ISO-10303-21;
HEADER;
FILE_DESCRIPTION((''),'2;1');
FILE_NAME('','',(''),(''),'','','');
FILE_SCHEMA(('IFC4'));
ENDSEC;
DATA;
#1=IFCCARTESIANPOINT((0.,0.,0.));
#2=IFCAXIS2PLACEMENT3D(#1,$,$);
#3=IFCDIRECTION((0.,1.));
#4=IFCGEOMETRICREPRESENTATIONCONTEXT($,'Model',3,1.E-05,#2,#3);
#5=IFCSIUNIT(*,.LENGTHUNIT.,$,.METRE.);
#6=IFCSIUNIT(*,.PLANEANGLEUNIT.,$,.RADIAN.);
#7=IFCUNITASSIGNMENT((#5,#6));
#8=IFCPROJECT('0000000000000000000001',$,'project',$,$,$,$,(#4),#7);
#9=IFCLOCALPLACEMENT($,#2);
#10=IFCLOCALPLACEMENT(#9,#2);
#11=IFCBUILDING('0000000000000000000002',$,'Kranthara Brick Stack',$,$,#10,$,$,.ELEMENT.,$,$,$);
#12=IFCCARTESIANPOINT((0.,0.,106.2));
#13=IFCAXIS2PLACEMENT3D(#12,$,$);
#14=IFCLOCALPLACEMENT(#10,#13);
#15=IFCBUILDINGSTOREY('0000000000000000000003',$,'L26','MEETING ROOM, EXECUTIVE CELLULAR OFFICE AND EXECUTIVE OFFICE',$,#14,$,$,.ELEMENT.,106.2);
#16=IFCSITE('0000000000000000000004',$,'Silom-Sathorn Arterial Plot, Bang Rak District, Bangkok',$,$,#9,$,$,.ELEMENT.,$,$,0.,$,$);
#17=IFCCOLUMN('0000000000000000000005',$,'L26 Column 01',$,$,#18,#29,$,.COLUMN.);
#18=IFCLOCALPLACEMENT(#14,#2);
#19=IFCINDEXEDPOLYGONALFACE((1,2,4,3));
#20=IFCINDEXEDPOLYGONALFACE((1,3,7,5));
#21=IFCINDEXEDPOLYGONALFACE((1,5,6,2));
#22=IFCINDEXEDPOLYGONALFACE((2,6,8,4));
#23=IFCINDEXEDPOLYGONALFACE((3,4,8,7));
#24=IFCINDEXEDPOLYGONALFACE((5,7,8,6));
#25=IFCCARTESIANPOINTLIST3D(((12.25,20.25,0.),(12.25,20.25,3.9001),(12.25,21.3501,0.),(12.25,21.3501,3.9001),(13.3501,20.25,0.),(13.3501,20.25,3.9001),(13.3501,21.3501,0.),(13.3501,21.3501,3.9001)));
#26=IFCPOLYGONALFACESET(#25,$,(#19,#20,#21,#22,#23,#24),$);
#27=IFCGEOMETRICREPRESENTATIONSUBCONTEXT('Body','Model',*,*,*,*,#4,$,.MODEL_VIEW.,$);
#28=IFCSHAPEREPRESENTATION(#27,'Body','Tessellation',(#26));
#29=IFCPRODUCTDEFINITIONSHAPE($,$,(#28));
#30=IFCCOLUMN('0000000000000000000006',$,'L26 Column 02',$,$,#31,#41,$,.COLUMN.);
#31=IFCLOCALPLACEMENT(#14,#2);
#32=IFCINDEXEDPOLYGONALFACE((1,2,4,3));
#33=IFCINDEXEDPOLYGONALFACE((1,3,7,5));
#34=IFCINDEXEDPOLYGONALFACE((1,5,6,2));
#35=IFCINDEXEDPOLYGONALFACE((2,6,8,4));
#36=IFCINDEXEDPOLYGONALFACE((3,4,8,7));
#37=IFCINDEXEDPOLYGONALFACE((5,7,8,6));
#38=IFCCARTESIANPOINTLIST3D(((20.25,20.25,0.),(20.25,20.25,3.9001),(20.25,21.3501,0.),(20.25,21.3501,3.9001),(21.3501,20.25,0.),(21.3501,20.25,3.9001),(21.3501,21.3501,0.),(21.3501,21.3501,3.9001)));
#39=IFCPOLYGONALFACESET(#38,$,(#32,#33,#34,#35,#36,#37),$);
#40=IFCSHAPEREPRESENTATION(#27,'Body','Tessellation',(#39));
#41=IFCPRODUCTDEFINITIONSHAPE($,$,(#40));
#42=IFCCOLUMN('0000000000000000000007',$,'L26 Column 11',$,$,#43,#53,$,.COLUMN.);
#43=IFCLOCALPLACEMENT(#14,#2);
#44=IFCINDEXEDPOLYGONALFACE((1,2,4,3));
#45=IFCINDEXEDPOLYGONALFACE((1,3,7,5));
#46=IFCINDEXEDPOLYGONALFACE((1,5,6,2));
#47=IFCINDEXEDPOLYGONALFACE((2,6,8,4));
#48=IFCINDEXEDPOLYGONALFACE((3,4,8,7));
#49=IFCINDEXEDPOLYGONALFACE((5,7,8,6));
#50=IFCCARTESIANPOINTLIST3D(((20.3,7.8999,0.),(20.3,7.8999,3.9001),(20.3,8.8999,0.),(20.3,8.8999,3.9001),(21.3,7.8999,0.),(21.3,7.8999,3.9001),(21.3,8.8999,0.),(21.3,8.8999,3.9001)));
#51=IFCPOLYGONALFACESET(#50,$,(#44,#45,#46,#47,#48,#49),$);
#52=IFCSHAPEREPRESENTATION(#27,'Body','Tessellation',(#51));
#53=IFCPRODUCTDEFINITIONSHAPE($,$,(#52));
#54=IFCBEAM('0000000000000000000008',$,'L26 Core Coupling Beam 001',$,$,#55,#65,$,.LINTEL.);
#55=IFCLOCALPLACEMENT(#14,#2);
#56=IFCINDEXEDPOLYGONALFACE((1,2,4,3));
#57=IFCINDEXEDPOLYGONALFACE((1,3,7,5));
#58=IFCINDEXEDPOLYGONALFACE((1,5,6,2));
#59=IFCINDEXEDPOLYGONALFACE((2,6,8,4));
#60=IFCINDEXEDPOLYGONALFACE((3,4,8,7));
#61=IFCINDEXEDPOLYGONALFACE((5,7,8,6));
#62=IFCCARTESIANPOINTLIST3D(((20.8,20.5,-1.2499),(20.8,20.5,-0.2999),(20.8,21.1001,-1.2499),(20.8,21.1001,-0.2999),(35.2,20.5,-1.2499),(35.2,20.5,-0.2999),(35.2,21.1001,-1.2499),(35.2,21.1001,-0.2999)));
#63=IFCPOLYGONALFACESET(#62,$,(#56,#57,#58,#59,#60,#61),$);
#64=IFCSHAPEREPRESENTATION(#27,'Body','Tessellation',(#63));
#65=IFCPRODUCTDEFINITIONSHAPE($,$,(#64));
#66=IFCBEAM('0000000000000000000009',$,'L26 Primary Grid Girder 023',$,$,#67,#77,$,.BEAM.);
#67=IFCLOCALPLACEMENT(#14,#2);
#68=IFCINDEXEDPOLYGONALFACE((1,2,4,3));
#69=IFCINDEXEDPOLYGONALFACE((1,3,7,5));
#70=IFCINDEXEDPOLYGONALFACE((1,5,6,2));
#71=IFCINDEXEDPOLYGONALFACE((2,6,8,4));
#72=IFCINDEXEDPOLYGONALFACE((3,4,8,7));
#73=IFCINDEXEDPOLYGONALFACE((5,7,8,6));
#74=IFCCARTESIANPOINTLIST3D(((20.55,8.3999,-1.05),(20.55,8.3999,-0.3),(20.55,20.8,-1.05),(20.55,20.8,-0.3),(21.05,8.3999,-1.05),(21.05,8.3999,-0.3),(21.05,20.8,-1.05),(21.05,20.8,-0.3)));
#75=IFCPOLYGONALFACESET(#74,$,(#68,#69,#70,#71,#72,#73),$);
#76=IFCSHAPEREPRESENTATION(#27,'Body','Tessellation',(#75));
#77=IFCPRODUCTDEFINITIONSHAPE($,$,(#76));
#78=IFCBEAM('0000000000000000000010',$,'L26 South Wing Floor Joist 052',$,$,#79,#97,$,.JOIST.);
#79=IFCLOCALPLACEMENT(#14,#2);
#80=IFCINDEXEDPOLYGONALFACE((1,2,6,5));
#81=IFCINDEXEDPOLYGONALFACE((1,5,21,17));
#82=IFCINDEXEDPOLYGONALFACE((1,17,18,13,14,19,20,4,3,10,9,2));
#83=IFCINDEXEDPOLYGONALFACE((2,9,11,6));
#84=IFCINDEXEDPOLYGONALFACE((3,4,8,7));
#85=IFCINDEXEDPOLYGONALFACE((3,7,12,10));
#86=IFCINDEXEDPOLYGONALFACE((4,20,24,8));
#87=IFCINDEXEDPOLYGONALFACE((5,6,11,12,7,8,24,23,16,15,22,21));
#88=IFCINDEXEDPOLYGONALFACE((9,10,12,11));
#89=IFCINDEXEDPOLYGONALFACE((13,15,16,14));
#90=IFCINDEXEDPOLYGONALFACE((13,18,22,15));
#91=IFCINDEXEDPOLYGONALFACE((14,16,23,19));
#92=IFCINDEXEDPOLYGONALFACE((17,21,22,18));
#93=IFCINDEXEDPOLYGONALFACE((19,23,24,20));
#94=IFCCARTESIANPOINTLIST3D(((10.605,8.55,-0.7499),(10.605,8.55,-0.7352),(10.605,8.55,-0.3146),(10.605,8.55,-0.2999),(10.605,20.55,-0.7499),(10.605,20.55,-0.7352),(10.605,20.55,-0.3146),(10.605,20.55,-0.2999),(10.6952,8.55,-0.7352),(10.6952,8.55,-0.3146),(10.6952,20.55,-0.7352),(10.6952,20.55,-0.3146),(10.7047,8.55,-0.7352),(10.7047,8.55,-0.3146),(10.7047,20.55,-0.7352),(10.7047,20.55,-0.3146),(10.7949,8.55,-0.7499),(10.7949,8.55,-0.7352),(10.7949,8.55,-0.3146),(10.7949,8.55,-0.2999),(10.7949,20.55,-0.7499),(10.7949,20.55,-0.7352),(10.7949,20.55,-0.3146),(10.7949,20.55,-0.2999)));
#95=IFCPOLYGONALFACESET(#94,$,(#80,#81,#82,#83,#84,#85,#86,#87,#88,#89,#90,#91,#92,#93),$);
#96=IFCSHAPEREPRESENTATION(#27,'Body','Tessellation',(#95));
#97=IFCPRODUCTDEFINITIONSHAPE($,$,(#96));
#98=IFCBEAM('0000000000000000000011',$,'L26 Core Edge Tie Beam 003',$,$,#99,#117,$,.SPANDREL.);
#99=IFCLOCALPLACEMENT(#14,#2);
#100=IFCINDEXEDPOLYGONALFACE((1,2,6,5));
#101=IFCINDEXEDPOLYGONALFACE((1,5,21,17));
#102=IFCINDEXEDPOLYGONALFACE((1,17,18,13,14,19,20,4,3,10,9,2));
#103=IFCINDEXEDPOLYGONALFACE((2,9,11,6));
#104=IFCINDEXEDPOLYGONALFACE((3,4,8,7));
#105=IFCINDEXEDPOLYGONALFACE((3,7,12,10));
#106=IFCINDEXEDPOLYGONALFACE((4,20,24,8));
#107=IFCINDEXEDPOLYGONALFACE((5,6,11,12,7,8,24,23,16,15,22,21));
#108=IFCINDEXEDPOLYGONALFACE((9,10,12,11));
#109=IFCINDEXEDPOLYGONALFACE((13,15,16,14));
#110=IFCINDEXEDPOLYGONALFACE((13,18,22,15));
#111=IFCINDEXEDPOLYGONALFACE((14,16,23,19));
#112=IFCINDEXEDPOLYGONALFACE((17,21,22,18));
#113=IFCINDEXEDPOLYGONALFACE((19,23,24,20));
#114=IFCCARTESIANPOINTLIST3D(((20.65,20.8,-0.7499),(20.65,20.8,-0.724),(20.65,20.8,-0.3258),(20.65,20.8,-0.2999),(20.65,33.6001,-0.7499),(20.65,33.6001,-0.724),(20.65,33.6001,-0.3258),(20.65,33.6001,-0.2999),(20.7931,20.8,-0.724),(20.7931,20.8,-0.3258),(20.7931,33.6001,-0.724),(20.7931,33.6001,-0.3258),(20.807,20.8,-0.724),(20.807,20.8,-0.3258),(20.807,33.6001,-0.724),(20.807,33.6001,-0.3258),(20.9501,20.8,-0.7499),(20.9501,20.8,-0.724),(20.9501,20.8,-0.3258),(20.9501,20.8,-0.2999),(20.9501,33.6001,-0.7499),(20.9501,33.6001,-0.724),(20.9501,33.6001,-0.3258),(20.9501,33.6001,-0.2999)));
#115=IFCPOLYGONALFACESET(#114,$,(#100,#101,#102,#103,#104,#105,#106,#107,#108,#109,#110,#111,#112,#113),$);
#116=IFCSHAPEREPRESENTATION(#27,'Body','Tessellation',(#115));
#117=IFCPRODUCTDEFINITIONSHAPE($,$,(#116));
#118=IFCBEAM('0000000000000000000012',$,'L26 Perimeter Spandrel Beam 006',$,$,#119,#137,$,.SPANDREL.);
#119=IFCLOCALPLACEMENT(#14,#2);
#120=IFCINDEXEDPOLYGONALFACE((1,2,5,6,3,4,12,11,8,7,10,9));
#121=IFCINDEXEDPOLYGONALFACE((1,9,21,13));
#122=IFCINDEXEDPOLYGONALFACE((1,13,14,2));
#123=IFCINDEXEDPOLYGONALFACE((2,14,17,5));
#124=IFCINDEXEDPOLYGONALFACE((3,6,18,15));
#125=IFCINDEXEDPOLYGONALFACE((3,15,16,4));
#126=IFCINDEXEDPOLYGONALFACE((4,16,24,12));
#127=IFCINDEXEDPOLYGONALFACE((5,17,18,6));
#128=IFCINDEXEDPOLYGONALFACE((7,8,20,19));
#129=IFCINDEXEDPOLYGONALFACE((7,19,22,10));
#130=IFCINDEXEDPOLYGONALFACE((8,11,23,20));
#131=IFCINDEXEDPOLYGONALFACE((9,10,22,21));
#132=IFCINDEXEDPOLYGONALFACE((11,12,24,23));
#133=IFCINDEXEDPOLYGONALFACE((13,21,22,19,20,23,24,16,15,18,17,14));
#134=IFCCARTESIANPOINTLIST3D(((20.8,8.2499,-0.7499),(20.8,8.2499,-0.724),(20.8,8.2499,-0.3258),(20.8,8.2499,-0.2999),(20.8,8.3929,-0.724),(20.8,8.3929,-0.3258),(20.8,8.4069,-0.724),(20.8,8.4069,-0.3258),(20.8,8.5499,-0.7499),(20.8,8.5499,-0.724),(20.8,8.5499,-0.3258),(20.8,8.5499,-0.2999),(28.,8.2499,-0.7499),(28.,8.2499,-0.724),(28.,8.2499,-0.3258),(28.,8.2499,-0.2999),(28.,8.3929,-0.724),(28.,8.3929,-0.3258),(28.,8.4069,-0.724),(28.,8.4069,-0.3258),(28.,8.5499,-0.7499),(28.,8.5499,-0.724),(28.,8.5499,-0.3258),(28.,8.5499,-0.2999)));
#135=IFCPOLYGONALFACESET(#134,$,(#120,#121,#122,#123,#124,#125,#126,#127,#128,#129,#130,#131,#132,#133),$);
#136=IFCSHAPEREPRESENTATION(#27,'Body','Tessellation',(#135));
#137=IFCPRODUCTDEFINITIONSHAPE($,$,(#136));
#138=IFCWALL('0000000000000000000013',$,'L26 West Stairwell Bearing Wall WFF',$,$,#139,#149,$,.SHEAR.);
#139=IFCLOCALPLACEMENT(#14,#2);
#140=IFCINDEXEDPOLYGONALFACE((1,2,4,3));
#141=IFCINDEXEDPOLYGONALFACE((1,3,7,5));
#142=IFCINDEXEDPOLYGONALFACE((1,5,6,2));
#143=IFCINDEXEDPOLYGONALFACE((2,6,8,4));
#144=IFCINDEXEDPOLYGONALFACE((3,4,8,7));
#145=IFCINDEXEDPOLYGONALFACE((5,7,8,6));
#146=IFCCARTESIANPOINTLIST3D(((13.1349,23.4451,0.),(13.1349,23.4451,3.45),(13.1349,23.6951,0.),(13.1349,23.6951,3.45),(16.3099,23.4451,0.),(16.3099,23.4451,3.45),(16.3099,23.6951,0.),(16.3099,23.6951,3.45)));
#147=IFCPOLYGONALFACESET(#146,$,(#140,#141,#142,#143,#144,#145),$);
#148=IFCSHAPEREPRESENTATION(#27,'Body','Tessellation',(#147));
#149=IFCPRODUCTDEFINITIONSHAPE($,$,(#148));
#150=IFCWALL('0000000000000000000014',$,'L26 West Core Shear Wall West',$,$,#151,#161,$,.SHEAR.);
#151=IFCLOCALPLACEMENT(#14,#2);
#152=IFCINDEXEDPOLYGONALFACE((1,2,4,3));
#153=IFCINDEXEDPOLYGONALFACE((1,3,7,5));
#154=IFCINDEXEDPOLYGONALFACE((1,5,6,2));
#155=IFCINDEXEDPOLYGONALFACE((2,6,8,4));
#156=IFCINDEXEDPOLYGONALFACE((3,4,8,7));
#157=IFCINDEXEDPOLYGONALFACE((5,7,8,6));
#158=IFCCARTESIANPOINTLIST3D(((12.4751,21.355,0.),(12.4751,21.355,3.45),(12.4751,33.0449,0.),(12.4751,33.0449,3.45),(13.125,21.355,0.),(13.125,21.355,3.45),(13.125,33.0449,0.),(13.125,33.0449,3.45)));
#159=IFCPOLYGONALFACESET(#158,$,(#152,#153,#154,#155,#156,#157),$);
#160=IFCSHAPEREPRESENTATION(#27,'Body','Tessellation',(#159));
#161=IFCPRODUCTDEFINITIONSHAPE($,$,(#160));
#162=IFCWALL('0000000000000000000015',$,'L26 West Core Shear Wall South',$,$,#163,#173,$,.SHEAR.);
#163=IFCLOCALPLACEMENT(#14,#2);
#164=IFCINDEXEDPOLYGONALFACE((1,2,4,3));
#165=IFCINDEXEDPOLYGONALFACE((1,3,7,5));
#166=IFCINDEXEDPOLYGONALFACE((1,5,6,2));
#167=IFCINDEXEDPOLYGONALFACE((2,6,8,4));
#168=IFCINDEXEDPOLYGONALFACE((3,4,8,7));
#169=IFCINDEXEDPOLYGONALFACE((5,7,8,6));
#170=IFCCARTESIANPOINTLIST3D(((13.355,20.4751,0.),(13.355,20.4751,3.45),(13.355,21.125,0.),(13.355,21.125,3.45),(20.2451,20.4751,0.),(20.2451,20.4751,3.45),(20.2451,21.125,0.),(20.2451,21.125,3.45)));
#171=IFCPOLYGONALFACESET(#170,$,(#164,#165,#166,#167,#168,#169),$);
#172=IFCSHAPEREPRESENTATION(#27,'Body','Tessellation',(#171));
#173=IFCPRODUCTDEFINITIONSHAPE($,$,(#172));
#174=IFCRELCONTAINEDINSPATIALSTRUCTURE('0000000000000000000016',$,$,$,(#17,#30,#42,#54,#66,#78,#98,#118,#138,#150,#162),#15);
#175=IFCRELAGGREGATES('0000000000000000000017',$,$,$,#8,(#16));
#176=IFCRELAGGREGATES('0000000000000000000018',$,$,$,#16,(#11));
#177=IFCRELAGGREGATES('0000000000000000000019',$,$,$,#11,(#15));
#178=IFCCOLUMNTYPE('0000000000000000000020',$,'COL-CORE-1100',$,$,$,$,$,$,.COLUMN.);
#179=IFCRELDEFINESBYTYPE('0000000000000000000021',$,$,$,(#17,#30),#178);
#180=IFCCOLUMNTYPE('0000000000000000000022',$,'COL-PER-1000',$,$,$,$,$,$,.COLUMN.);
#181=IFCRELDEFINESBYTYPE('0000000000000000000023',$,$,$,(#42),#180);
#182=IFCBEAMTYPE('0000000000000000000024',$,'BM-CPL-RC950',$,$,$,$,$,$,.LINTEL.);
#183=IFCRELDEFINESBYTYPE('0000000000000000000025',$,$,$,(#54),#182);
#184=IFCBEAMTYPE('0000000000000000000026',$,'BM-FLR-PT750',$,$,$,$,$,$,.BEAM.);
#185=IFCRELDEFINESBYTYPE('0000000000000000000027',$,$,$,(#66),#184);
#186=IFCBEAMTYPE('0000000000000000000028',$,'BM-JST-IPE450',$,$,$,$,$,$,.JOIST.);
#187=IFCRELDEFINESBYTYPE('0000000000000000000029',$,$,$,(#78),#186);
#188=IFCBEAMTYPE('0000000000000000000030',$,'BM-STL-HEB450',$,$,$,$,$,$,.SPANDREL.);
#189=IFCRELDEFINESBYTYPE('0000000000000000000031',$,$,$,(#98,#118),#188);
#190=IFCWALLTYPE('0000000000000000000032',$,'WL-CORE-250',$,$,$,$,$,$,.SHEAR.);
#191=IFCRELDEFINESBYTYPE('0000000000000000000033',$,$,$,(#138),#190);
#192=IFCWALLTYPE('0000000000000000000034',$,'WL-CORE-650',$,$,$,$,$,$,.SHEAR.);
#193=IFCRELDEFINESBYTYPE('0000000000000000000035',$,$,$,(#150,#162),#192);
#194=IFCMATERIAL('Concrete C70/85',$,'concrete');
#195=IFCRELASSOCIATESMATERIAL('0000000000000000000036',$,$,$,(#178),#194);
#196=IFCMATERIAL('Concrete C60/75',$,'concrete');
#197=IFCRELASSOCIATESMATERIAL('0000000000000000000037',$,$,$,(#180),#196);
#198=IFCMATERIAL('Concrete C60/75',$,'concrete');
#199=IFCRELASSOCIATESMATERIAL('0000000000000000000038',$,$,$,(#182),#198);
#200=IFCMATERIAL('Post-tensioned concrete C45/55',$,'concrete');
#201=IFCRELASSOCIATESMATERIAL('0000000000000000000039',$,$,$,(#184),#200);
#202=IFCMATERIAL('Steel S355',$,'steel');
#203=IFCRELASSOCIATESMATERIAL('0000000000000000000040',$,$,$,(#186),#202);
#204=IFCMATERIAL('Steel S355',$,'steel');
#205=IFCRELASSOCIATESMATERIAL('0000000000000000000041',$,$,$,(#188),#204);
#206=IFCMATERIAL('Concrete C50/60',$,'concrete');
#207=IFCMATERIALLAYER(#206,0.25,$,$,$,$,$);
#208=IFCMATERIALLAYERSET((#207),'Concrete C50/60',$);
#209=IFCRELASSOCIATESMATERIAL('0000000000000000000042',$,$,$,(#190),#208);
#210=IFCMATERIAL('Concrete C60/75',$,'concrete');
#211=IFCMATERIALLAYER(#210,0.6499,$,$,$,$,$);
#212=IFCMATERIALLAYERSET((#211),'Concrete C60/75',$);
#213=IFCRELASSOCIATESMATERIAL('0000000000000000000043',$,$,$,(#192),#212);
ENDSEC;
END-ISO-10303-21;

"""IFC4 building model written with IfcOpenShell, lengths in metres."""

from ifc_helpers import new_model, si_unit, direction, frame, frame_2d, origin, origin_2d, place, context, subcontext, project, spatial, rectangle, i_section, extrude, material, layer, layer_set, material_profile, profile_set, type_object, element, save


model = new_model("IFC4")

# Units and contexts
model_context = context("Model", 3, precision=1e-05, world=origin(), true_north=direction((0.0, 1.0)))
body_context = subcontext(model_context, "Body", "Model", "MODEL_VIEW")
ifc_project = project(units=[si_unit("LENGTHUNIT", "METRE"), si_unit("PLANEANGLEUNIT", "RADIAN")], contexts=[model_context])

# Site, building, storey
site_placement = place(None, origin())
site = spatial("IfcSite", under=ifc_project, at=site_placement, Name="Silom-Sathorn Arterial Plot, Bang Rak District, Bangkok", CompositionType="ELEMENT", RefElevation=0.0)
building_placement = place(site_placement, origin())
building = spatial("IfcBuilding", under=site, at=building_placement, Name="Kranthara Brick Stack", CompositionType="ELEMENT")
storey_placement = place(building_placement, frame((0.0, 0.0, 106.2)))
storey = spatial("IfcBuildingStorey", under=building, at=storey_placement, Name="L26", Description="MEETING ROOM, EXECUTIVE CELLULAR OFFICE AND EXECUTIVE OFFICE", CompositionType="ELEMENT", Elevation=106.2)

# Columns
ifc_material_1 = material(Name="Concrete C70/85", Category="concrete")
ifc_material_profile_1 = material_profile(ifc_material_1, rectangle(XDim=1.1001, YDim=1.1001, at=origin_2d()), Name="RC 1100x1100")
ifc_profile_set_1 = profile_set([ifc_material_profile_1], Name="Concrete C70/85")
column_type_1 = type_object("IfcColumnType", Name="COL-CORE-1100", PredefinedType="COLUMN", material=ifc_profile_set_1)
for number, where, z_axis, x_axis, name in (
    (1, (12.8, 20.8, 0.0), (0.0, 0.0, 1.0), (1.0, 0.0, 0.0), "L26 Column 01"),
    (2, (20.8, 20.8, 0.0), (0.0, 0.0, 1.0), (1.0, 0.0, 0.0), "L26 Column 02"),
):
    element("IfcColumn", number, at=place(storey_placement, frame(where, z_axis=z_axis, x_axis=x_axis)), inside=storey, type_object=column_type_1, Name=name, PredefinedType="COLUMN", context=body_context, shape_type="SweptSolid", body=[
        extrude(rectangle(XDim=1.1001, YDim=1.1001, at=origin_2d()), origin(), (0.0, 0.0, 1.0), 3.9001),
    ])
ifc_material_2 = material(Name="Concrete C60/75", Category="concrete")
ifc_material_profile_2 = material_profile(ifc_material_2, rectangle(XDim=1.0, YDim=1.0, at=origin_2d()), Name="RC 1000x1000")
ifc_profile_set_2 = profile_set([ifc_material_profile_2], Name="Concrete C60/75")
column_type_2 = type_object("IfcColumnType", Name="COL-PER-1000", PredefinedType="COLUMN", material=ifc_profile_set_2)
column_placement = place(storey_placement, frame((20.8, 8.3999, 0.0), z_axis=(0.0, 0.0, 1.0), x_axis=(1.0, 0.0, 0.0)))
element("IfcColumn", 3, at=column_placement, inside=storey, type_object=column_type_2, Name="L26 Column 11", PredefinedType="COLUMN", context=body_context, shape_type="SweptSolid", body=[
    extrude(rectangle(XDim=1.0, YDim=1.0, at=origin_2d()), origin(), (0.0, 0.0, 1.0), 3.9001),
])

# Beams
ifc_material_3 = material(Name="Concrete C60/75", Category="concrete")
ifc_material_profile_3 = material_profile(ifc_material_3, rectangle(XDim=0.6001, YDim=0.95, at=origin_2d()), Name="RC 600x950")
ifc_profile_set_3 = profile_set([ifc_material_profile_3], Name="Concrete C60/75")
beam_type_1 = type_object("IfcBeamType", Name="BM-CPL-RC950", PredefinedType="LINTEL", material=ifc_profile_set_3)
beam_1_placement = place(storey_placement, frame((20.8, 20.8, -0.7749), z_axis=(1.0, 0.0, 0.0), x_axis=(0.0, 1.0, 0.0)))
element("IfcBeam", 4, at=beam_1_placement, inside=storey, type_object=beam_type_1, Name="L26 Core Coupling Beam 001", PredefinedType="LINTEL", context=body_context, shape_type="SweptSolid", body=[
    extrude(rectangle(XDim=0.6001, YDim=0.95, at=origin_2d()), origin(), (0.0, 0.0, 1.0), 14.3999),
])
ifc_material_4 = material(Name="Post-tensioned concrete C45/55", Category="concrete")
ifc_material_profile_4 = material_profile(ifc_material_4, rectangle(XDim=0.5, YDim=0.75, at=origin_2d()), Name="PT 500x750")
ifc_profile_set_4 = profile_set([ifc_material_profile_4], Name="Post-tensioned concrete C45/55")
beam_type_2 = type_object("IfcBeamType", Name="BM-FLR-PT750", PredefinedType="BEAM", material=ifc_profile_set_4)
beam_2_placement = place(storey_placement, frame((20.8, 8.3999, -0.675), z_axis=(0.0, 1.0, 0.0), x_axis=(-1.0, 0.0, 0.0)))
element("IfcBeam", 5, at=beam_2_placement, inside=storey, type_object=beam_type_2, Name="L26 Primary Grid Girder 023", PredefinedType="BEAM", context=body_context, shape_type="SweptSolid", body=[
    extrude(rectangle(XDim=0.5, YDim=0.75, at=origin_2d()), origin(), (0.0, 0.0, 1.0), 12.4001),
])
ifc_material_5 = material(Name="Steel S355", Category="steel")
ifc_material_profile_5 = material_profile(ifc_material_5, i_section(OverallWidth=0.1899, OverallDepth=0.45, WebThickness=0.0095, FlangeThickness=0.0146, at=origin_2d()), Name="IPE 450")
ifc_profile_set_5 = profile_set([ifc_material_profile_5], Name="Steel S355")
beam_type_3 = type_object("IfcBeamType", Name="BM-JST-IPE450", PredefinedType="JOIST", material=ifc_profile_set_5)
beam_3_placement = place(storey_placement, frame((10.7, 8.55, -0.5249), z_axis=(0.0, 1.0, 0.0), x_axis=(-1.0, 0.0, 0.0)))
element("IfcBeam", 6, at=beam_3_placement, inside=storey, type_object=beam_type_3, Name="L26 South Wing Floor Joist 052", PredefinedType="JOIST", context=body_context, shape_type="SweptSolid", body=[
    extrude(i_section(OverallWidth=0.1899, OverallDepth=0.45, WebThickness=0.0095, FlangeThickness=0.0146, at=origin_2d()), origin(), (0.0, 0.0, 1.0), 12.0),
])
ifc_material_6 = material(Name="Steel S355", Category="steel")
ifc_material_profile_6 = material_profile(ifc_material_6, i_section(OverallWidth=0.3, OverallDepth=0.45, WebThickness=0.0139, FlangeThickness=0.0259, at=origin_2d()), Name="HEB 450")
ifc_profile_set_6 = profile_set([ifc_material_profile_6], Name="Steel S355")
beam_type_4 = type_object("IfcBeamType", Name="BM-STL-HEB450", PredefinedType="SPANDREL", material=ifc_profile_set_6)
beam_4_placement = place(storey_placement, frame((20.8, 20.8, -0.5249), z_axis=(0.0, 1.0, 0.0), x_axis=(-1.0, 0.0, 0.0)))
element("IfcBeam", 7, at=beam_4_placement, inside=storey, type_object=beam_type_4, Name="L26 Core Edge Tie Beam 003", PredefinedType="SPANDREL", context=body_context, shape_type="SweptSolid", body=[
    extrude(i_section(OverallWidth=0.3, OverallDepth=0.45, WebThickness=0.0139, FlangeThickness=0.0259, at=origin_2d()), origin(), (0.0, 0.0, 1.0), 12.8),
])
beam_5_placement = place(storey_placement, frame((20.8, 8.3999, -0.5249), z_axis=(1.0, 0.0, 0.0), x_axis=(0.0, 1.0, 0.0)))
element("IfcBeam", 8, at=beam_5_placement, inside=storey, type_object=beam_type_4, Name="L26 Perimeter Spandrel Beam 006", PredefinedType="SPANDREL", context=body_context, shape_type="SweptSolid", body=[
    extrude(i_section(OverallWidth=0.3, OverallDepth=0.45, WebThickness=0.0139, FlangeThickness=0.0259, at=origin_2d()), origin(), (0.0, 0.0, 1.0), 7.2),
])

# Shared definitions
ifc_material_7 = material(Name="Concrete C50/60", Category="concrete")
ifc_layer_1 = layer(ifc_material_7, 0.25)
ifc_layer_set_1 = layer_set([ifc_layer_1], Name="Concrete C50/60")
wall_type_1 = type_object("IfcWallType", Name="WL-CORE-250", PredefinedType="SHEAR", material=ifc_layer_set_1)

# Walls
wall_1_placement = place(storey_placement, frame((13.135, 23.5701, 0.0), z_axis=(0.0, 0.0, 1.0), x_axis=(1.0, 0.0, 0.0)))
element("IfcWall", 9, at=wall_1_placement, inside=storey, type_object=wall_type_1, Name="L26 West Stairwell Bearing Wall WFF", PredefinedType="SHEAR", context=body_context, shape_type="SweptSolid", body=[
    extrude(rectangle(XDim=3.175, YDim=0.25, at=frame_2d((1.5874, 0.0))), origin(), (0.0, 0.0, 1.0), 3.45),
])
ifc_material_8 = material(Name="Concrete C60/75", Category="concrete")
ifc_layer_2 = layer(ifc_material_8, 0.6499)
ifc_layer_set_2 = layer_set([ifc_layer_2], Name="Concrete C60/75")
wall_type_2 = type_object("IfcWallType", Name="WL-CORE-650", PredefinedType="SHEAR", material=ifc_layer_set_2)
wall_2_placement = place(storey_placement, frame((12.8, 21.355, 0.0), z_axis=(0.0, 0.0, 1.0), x_axis=(0.0, 1.0, 0.0)))
element("IfcWall", 10, at=wall_2_placement, inside=storey, type_object=wall_type_2, Name="L26 West Core Shear Wall West", PredefinedType="SHEAR", context=body_context, shape_type="SweptSolid", body=[
    extrude(rectangle(XDim=11.6899, YDim=0.6499, at=frame_2d((5.845, 0.0))), origin(), (0.0, 0.0, 1.0), 3.45),
])
wall_3_placement = place(storey_placement, frame((13.355, 20.8, 0.0), z_axis=(0.0, 0.0, 1.0), x_axis=(1.0, 0.0, 0.0)))
element("IfcWall", 11, at=wall_3_placement, inside=storey, type_object=wall_type_2, Name="L26 West Core Shear Wall South", PredefinedType="SHEAR", context=body_context, shape_type="SweptSolid", body=[
    extrude(rectangle(XDim=6.8901, YDim=0.6499, at=frame_2d((3.4451, 0.0))), origin(), (0.0, 0.0, 1.0), 3.45),
])

save(model, "model.ifc")
